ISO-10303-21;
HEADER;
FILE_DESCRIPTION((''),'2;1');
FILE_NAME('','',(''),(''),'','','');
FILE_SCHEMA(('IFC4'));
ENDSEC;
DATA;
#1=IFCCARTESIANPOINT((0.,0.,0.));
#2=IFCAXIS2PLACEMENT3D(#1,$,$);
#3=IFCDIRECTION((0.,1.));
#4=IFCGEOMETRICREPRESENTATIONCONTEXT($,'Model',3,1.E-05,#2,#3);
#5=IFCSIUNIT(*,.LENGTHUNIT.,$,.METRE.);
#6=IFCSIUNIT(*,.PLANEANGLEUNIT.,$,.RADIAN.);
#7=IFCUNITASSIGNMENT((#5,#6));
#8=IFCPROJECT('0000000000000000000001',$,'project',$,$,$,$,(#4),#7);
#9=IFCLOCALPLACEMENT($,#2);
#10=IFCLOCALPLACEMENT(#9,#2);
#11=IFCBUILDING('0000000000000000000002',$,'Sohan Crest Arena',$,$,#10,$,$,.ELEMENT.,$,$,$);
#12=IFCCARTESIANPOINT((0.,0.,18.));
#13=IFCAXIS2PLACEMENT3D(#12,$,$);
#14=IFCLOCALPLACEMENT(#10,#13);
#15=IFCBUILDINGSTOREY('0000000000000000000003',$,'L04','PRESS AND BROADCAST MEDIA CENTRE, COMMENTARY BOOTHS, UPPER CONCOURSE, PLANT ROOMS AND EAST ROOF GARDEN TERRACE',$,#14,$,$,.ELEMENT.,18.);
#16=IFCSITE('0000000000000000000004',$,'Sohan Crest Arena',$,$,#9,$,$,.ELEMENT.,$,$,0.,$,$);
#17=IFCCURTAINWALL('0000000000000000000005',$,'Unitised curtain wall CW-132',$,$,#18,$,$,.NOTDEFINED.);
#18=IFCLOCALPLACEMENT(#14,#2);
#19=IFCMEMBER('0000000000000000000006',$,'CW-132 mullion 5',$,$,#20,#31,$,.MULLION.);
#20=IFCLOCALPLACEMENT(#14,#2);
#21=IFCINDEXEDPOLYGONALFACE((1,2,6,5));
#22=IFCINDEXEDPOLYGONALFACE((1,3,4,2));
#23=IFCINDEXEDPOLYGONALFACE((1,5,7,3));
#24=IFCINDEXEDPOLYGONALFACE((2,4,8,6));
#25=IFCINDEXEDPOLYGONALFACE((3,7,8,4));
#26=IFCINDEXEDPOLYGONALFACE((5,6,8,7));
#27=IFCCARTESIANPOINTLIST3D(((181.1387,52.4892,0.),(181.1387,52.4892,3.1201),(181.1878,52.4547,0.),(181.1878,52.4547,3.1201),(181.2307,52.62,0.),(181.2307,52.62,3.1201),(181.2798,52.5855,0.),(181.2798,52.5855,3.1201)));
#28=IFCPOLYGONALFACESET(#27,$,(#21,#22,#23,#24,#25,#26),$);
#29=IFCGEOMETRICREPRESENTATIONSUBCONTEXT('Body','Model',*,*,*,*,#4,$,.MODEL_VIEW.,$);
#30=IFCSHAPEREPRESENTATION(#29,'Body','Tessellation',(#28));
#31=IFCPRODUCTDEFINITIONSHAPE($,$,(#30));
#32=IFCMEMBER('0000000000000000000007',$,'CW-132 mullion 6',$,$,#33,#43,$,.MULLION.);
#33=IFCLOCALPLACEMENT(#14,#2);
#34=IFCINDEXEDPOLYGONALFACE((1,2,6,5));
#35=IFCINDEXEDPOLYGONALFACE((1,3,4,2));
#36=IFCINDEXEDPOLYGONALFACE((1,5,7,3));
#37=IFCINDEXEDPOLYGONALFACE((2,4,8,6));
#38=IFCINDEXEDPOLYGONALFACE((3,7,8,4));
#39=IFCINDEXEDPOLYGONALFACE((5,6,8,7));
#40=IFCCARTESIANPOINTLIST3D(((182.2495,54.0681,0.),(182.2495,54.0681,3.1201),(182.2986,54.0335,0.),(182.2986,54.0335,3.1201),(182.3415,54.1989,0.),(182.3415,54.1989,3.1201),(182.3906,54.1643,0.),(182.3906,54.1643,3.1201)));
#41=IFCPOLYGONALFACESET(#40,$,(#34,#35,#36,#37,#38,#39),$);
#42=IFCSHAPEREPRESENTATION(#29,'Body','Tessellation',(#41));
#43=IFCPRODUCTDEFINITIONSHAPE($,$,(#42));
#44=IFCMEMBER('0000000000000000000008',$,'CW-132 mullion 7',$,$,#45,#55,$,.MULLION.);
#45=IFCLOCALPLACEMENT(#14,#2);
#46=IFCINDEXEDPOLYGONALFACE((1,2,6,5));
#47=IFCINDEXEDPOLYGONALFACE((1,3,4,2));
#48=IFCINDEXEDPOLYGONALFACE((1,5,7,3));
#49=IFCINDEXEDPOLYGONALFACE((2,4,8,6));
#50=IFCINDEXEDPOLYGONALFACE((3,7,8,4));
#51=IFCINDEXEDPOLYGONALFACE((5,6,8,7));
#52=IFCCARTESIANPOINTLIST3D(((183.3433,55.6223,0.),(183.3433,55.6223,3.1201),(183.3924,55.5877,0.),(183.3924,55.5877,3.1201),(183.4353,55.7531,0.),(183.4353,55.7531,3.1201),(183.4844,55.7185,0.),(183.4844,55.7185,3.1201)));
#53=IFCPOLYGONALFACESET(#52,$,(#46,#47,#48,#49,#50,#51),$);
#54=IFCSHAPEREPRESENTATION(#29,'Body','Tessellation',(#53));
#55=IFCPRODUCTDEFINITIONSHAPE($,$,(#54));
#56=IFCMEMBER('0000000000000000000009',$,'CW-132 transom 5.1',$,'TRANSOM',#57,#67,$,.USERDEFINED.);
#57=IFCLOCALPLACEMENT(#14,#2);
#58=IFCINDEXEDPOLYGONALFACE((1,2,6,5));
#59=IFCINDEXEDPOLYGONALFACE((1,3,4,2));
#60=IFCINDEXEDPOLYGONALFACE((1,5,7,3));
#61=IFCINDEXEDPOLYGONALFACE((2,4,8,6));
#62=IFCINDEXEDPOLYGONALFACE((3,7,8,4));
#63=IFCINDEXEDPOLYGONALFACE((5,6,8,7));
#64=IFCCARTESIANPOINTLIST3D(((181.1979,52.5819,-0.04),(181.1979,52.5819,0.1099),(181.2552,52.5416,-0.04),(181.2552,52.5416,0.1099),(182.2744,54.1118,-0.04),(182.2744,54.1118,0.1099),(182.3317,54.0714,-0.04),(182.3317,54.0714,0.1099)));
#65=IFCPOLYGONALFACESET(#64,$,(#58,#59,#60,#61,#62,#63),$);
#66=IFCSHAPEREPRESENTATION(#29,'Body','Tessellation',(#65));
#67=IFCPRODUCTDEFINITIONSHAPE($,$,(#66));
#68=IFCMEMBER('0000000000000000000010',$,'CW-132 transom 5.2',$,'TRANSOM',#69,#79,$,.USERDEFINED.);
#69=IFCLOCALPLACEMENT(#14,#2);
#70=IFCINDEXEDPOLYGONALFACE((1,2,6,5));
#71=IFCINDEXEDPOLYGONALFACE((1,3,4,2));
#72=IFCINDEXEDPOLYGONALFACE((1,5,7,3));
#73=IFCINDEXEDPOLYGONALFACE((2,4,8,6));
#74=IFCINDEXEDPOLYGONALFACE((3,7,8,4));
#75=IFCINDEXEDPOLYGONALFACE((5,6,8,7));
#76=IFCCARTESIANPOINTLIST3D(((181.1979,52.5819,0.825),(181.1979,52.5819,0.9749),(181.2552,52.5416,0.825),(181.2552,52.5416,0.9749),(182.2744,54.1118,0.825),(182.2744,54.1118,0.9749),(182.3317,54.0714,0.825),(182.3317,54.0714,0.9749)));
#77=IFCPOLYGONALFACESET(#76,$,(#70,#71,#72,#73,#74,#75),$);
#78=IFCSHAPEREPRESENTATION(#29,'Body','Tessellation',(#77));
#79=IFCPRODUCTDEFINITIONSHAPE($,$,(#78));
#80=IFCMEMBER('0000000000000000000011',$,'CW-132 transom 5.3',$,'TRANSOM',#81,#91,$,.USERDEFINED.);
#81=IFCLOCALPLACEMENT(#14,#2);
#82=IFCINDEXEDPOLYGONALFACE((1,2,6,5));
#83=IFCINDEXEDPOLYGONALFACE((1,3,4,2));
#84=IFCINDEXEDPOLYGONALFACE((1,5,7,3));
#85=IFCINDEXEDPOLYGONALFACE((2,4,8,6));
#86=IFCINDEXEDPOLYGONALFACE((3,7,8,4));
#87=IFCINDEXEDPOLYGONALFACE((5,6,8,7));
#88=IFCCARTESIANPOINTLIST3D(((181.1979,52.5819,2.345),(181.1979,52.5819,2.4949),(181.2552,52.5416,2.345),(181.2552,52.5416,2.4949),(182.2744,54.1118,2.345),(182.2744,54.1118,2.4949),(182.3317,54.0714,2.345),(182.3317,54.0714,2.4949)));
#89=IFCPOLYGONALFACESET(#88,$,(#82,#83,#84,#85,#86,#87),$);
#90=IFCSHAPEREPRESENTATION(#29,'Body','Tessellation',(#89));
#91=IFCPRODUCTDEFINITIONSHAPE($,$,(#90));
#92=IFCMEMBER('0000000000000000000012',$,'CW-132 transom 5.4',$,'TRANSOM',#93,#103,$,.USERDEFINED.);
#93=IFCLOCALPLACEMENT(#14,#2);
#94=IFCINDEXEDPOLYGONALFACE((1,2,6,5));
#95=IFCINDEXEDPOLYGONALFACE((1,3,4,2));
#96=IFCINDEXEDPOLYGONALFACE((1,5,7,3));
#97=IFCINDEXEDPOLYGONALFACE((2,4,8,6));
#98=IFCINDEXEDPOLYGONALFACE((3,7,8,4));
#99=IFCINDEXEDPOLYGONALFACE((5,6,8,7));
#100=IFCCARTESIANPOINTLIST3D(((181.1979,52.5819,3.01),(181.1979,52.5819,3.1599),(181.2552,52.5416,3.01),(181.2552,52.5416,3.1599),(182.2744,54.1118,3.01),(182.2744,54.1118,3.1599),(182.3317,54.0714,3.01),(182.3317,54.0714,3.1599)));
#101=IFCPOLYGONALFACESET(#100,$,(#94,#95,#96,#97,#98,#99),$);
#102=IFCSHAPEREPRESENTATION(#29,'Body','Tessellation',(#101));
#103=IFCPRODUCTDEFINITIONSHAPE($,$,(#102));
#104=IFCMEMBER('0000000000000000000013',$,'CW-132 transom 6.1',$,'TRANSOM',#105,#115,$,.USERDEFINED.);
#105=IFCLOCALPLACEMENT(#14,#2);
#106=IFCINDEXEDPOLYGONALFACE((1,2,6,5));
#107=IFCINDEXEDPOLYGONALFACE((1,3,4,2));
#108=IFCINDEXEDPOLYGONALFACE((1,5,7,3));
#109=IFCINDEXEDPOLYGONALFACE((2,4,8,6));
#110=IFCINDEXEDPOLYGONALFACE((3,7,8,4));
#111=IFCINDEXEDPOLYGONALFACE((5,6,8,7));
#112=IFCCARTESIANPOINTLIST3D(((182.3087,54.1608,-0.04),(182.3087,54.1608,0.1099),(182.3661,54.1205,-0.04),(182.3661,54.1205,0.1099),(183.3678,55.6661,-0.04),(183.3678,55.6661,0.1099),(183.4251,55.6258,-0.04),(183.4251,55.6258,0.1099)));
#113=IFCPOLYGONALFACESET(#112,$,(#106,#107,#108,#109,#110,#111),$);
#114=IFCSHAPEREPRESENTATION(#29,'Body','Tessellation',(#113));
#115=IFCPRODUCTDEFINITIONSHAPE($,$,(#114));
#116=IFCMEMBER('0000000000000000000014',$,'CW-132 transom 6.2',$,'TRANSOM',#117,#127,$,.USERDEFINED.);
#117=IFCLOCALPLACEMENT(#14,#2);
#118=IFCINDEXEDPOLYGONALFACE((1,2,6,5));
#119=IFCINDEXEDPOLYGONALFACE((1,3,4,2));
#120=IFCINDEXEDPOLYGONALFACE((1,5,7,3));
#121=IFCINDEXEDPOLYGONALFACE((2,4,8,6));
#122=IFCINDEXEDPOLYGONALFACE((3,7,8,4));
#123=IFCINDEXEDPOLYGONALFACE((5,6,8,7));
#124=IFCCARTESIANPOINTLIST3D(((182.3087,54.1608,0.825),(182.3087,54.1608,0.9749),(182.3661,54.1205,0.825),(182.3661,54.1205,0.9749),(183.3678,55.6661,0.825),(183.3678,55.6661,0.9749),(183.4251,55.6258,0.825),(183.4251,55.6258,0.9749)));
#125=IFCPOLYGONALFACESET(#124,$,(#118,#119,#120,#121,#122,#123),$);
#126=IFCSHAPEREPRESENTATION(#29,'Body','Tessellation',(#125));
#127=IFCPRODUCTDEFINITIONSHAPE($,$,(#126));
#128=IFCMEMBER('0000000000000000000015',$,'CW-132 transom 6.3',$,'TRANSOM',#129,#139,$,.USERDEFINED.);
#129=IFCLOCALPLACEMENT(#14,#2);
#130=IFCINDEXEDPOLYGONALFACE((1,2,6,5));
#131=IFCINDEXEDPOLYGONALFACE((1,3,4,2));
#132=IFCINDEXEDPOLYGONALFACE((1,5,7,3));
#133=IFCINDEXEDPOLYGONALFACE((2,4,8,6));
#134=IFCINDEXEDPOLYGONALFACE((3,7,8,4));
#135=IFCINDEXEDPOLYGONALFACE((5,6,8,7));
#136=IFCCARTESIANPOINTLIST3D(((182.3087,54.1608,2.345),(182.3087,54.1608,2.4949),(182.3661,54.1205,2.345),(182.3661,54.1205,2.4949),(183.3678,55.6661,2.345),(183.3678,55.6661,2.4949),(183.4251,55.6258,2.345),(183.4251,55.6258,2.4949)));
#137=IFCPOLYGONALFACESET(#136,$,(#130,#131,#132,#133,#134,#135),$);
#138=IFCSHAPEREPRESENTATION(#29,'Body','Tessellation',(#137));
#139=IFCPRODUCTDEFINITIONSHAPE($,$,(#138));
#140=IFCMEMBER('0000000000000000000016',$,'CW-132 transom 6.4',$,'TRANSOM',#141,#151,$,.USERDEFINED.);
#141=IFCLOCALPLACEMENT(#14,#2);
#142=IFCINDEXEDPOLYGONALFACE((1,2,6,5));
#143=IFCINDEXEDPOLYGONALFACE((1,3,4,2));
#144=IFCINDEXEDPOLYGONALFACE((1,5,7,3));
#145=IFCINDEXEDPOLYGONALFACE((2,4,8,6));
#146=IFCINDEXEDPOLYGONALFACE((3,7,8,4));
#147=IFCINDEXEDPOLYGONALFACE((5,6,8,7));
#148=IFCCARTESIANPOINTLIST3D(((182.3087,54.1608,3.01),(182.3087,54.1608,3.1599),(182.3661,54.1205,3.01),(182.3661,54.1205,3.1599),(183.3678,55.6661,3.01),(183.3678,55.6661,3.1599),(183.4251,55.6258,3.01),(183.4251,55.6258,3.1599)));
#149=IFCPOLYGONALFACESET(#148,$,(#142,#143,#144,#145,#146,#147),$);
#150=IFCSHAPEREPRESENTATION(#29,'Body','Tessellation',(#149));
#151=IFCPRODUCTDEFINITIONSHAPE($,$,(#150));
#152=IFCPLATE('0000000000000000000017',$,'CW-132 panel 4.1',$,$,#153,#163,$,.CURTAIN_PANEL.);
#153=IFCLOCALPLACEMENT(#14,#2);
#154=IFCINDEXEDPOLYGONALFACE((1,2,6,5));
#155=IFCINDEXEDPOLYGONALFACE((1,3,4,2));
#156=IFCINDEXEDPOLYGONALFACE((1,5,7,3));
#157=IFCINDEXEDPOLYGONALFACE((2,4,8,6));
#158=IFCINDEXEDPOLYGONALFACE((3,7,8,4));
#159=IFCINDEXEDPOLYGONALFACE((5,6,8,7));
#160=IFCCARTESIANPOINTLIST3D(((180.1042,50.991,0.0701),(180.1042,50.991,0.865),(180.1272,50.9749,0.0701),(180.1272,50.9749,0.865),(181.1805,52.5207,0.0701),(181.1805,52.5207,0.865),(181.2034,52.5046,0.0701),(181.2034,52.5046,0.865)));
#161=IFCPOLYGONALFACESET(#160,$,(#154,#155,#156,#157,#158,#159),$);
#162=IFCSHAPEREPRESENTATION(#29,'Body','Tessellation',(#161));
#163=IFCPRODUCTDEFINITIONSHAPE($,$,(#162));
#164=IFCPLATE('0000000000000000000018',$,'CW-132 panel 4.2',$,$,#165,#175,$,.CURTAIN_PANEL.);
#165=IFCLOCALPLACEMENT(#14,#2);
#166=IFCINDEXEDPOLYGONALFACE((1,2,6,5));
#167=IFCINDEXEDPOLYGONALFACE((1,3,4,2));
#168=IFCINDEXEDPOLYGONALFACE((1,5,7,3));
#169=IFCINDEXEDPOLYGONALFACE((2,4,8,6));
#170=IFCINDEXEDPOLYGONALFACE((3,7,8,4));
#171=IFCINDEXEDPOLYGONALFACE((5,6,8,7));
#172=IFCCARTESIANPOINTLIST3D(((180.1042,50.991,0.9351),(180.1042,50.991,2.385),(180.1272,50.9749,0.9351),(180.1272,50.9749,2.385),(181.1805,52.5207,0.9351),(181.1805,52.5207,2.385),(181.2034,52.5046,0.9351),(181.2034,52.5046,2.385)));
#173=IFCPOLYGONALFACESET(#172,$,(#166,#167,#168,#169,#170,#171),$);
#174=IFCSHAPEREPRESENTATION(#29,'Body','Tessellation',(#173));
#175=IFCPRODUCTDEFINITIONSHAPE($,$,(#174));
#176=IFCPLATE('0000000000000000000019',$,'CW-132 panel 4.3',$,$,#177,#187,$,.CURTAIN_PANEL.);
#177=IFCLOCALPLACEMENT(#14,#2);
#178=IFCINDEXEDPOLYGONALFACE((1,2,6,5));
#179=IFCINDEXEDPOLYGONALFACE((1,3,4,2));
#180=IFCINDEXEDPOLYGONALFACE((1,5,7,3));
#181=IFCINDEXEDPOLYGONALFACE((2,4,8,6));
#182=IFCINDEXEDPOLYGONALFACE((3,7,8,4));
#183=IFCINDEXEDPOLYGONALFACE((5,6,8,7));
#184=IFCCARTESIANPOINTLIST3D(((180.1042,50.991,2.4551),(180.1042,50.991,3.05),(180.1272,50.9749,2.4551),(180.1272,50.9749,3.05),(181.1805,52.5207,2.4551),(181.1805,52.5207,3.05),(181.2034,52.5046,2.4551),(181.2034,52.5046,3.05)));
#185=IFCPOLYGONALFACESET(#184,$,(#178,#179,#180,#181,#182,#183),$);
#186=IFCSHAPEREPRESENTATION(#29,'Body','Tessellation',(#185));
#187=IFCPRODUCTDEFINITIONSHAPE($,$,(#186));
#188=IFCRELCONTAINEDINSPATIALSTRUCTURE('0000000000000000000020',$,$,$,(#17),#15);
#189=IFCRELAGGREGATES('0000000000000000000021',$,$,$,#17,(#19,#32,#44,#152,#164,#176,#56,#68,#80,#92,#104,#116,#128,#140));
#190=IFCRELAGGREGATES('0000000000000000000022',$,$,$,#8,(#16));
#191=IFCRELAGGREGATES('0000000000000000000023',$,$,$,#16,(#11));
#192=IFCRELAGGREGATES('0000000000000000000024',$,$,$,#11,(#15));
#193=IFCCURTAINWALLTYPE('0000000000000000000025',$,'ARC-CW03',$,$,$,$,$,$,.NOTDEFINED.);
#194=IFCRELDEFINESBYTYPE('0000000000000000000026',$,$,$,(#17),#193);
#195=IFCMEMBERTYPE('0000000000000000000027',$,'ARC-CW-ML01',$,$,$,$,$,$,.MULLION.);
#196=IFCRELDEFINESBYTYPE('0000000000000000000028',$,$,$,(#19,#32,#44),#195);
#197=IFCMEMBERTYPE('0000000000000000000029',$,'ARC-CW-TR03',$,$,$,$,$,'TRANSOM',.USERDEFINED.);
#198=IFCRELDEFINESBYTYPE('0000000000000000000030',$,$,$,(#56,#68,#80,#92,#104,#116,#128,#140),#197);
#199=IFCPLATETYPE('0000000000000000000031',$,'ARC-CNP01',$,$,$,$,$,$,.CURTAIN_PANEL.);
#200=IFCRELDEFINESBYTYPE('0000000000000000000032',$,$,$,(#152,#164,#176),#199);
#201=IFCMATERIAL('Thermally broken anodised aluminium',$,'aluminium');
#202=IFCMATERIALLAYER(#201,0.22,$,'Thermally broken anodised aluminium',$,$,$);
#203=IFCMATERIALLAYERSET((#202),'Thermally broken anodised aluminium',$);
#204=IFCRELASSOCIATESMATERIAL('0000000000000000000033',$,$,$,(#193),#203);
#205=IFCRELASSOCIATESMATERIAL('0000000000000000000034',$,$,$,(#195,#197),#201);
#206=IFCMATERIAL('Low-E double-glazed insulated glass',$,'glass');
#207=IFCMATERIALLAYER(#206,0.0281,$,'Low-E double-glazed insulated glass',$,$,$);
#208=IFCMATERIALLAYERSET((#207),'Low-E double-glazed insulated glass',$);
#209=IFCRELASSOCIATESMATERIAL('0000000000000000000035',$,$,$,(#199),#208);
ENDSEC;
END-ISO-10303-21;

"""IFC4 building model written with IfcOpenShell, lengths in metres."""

from ifc_helpers import new_model, si_unit, direction, frame, origin, origin_2d, place, context, subcontext, project, spatial, rectangle, extrude, material, layer, layer_set, material_profile, profile_set, type_object, element, aggregate, save


model = new_model("IFC4")

# Units and contexts
model_context = context("Model", 3, precision=1e-05, world=origin(), true_north=direction((0.0, 1.0)))
body_context = subcontext(model_context, "Body", "Model", "MODEL_VIEW")
ifc_project = project(units=[si_unit("LENGTHUNIT", "METRE"), si_unit("PLANEANGLEUNIT", "RADIAN")], contexts=[model_context])

# Site, building, storey
site_placement = place(None, origin())
site = spatial("IfcSite", under=ifc_project, at=site_placement, Name="Sohan Crest Arena", CompositionType="ELEMENT", RefElevation=0.0)
building_placement = place(site_placement, origin())
building = spatial("IfcBuilding", under=site, at=building_placement, Name="Sohan Crest Arena", CompositionType="ELEMENT")
storey_placement = place(building_placement, frame((0.0, 0.0, 18.0)))
storey = spatial("IfcBuildingStorey", under=building, at=storey_placement, Name="L04", Description="PRESS AND BROADCAST MEDIA CENTRE, COMMENTARY BOOTHS, UPPER CONCOURSE, PLANT ROOMS AND EAST ROOF GARDEN TERRACE", CompositionType="ELEMENT", Elevation=18.0)

# Curtain wall, members, plates
ifc_material_1 = material(Name="Thermally broken anodised aluminium", Category="aluminium")
ifc_layer_1 = layer(ifc_material_1, 0.22, Name="Thermally broken anodised aluminium")
ifc_layer_set_1 = layer_set([ifc_layer_1], Name="Thermally broken anodised aluminium")
curtain_wall_type = type_object("IfcCurtainWallType", Name="ARC-CW03", PredefinedType="NOTDEFINED", material=ifc_layer_set_1)
curtain_wall_placement = place(storey_placement, origin())
curtain_wall = element("IfcCurtainWall", 1, at=curtain_wall_placement, inside=storey, type_object=curtain_wall_type, Name="Unitised curtain wall CW-132", PredefinedType="NOTDEFINED")
ifc_material_profile_1 = material_profile(ifc_material_1, rectangle(XDim=0.0601, YDim=0.1599, at=origin_2d()), Name="ALU-MULL 60x160")
ifc_profile_set_1 = profile_set([ifc_material_profile_1], Name="Thermally broken anodised aluminium")
member_type_1 = type_object("IfcMemberType", Name="ARC-CW-ML01", PredefinedType="MULLION", material=ifc_profile_set_1)
member_1_placement = place(storey_placement, frame((181.2092, 52.5374, 0.0), z_axis=(0.0, 0.0, 1.0), x_axis=(-0.817855, 0.575425, 0.0)))
member_1 = element("IfcMember", 2, at=member_1_placement, type_object=member_type_1, Name="CW-132 mullion 5", PredefinedType="MULLION", context=body_context, shape_type="SweptSolid", body=[
    extrude(rectangle(XDim=0.0601, YDim=0.1599, at=origin_2d()), origin(), (0.0, 0.0, 1.0), 3.1201),
])
member_2_placement = place(storey_placement, frame((182.3201, 54.1162, 0.0), z_axis=(0.0, 0.0, 1.0), x_axis=(-0.817855, 0.575425, 0.0)))
member_2 = element("IfcMember", 3, at=member_2_placement, type_object=member_type_1, Name="CW-132 mullion 6", PredefinedType="MULLION", context=body_context, shape_type="SweptSolid", body=[
    extrude(rectangle(XDim=0.0601, YDim=0.1599, at=origin_2d()), origin(), (0.0, 0.0, 1.0), 3.1201),
])
member_3_placement = place(storey_placement, frame((183.4138, 55.6704, 0.0), z_axis=(0.0, 0.0, 1.0), x_axis=(-0.817855, 0.575425, 0.0)))
member_3 = element("IfcMember", 4, at=member_3_placement, type_object=member_type_1, Name="CW-132 mullion 7", PredefinedType="MULLION", context=body_context, shape_type="SweptSolid", body=[
    extrude(rectangle(XDim=0.0601, YDim=0.1599, at=origin_2d()), origin(), (0.0, 0.0, 1.0), 3.1201),
])
ifc_material_profile_2 = material_profile(ifc_material_1, rectangle(XDim=0.0701, YDim=0.1499, at=origin_2d()), Name="ALU-TRAN 70x150")
ifc_profile_set_2 = profile_set([ifc_material_profile_2], Name="Thermally broken anodised aluminium")
member_type_2 = type_object("IfcMemberType", Name="ARC-CW-TR03", ElementType="TRANSOM", PredefinedType="USERDEFINED", material=ifc_profile_set_2)
member_4_placement = place(storey_placement, frame((181.2266, 52.5618, 0.0349), z_axis=(0.575458, 0.817831, 0.0), x_axis=(-0.817831, 0.575458, 0.0)))
member_4 = element("IfcMember", 5, at=member_4_placement, type_object=member_type_2, Name="CW-132 transom 5.1", ObjectType="TRANSOM", PredefinedType="USERDEFINED", context=body_context, shape_type="SweptSolid", body=[
    extrude(rectangle(XDim=0.0701, YDim=0.1499, at=origin_2d()), origin(), (0.0, 0.0, 1.0), 1.8706),
])
member_5_placement = place(storey_placement, frame((181.2266, 52.5618, 0.8999), z_axis=(0.575458, 0.817831, 0.0), x_axis=(-0.817831, 0.575458, 0.0)))
member_5 = element("IfcMember", 6, at=member_5_placement, type_object=member_type_2, Name="CW-132 transom 5.2", ObjectType="TRANSOM", PredefinedType="USERDEFINED", context=body_context, shape_type="SweptSolid", body=[
    extrude(rectangle(XDim=0.0701, YDim=0.1499, at=origin_2d()), origin(), (0.0, 0.0, 1.0), 1.8706),
])
member_6_placement = place(storey_placement, frame((181.2266, 52.5618, 2.4199), z_axis=(0.575458, 0.817831, 0.0), x_axis=(-0.817831, 0.575458, 0.0)))
member_6 = element("IfcMember", 7, at=member_6_placement, type_object=member_type_2, Name="CW-132 transom 5.3", ObjectType="TRANSOM", PredefinedType="USERDEFINED", context=body_context, shape_type="SweptSolid", body=[
    extrude(rectangle(XDim=0.0701, YDim=0.1499, at=origin_2d()), origin(), (0.0, 0.0, 1.0), 1.8706),
])
member_7_placement = place(storey_placement, frame((181.2266, 52.5618, 3.085), z_axis=(0.575458, 0.817831, 0.0), x_axis=(-0.817831, 0.575458, 0.0)))
member_7 = element("IfcMember", 8, at=member_7_placement, type_object=member_type_2, Name="CW-132 transom 5.4", ObjectType="TRANSOM", PredefinedType="USERDEFINED", context=body_context, shape_type="SweptSolid", body=[
    extrude(rectangle(XDim=0.0701, YDim=0.1499, at=origin_2d()), origin(), (0.0, 0.0, 1.0), 1.8706),
])
member_8_placement = place(storey_placement, frame((182.3374, 54.1406, 0.0349), z_axis=(0.575401, 0.817871, 0.0), x_axis=(-0.817871, 0.575401, 0.0)))
member_8 = element("IfcMember", 9, at=member_8_placement, type_object=member_type_2, Name="CW-132 transom 6.1", ObjectType="TRANSOM", PredefinedType="USERDEFINED", context=body_context, shape_type="SweptSolid", body=[
    extrude(rectangle(XDim=0.0701, YDim=0.1499, at=origin_2d()), origin(), (0.0, 0.0, 1.0), 1.8406),
])
member_9_placement = place(storey_placement, frame((182.3374, 54.1406, 0.8999), z_axis=(0.575401, 0.817871, 0.0), x_axis=(-0.817871, 0.575401, 0.0)))
member_9 = element("IfcMember", 10, at=member_9_placement, type_object=member_type_2, Name="CW-132 transom 6.2", ObjectType="TRANSOM", PredefinedType="USERDEFINED", context=body_context, shape_type="SweptSolid", body=[
    extrude(rectangle(XDim=0.0701, YDim=0.1499, at=origin_2d()), origin(), (0.0, 0.0, 1.0), 1.8406),
])
member_10_placement = place(storey_placement, frame((182.3374, 54.1406, 2.4199), z_axis=(0.575401, 0.817871, 0.0), x_axis=(-0.817871, 0.575401, 0.0)))
member_10 = element("IfcMember", 11, at=member_10_placement, type_object=member_type_2, Name="CW-132 transom 6.3", ObjectType="TRANSOM", PredefinedType="USERDEFINED", context=body_context, shape_type="SweptSolid", body=[
    extrude(rectangle(XDim=0.0701, YDim=0.1499, at=origin_2d()), origin(), (0.0, 0.0, 1.0), 1.8406),
])
member_11_placement = place(storey_placement, frame((182.3374, 54.1406, 3.085), z_axis=(0.575401, 0.817871, 0.0), x_axis=(-0.817871, 0.575401, 0.0)))
member_11 = element("IfcMember", 12, at=member_11_placement, type_object=member_type_2, Name="CW-132 transom 6.4", ObjectType="TRANSOM", PredefinedType="USERDEFINED", context=body_context, shape_type="SweptSolid", body=[
    extrude(rectangle(XDim=0.0701, YDim=0.1499, at=origin_2d()), origin(), (0.0, 0.0, 1.0), 1.8406),
])
ifc_material_2 = material(Name="Low-E double-glazed insulated glass", Category="glass")
ifc_layer_2 = layer(ifc_material_2, 0.0281, Name="Low-E double-glazed insulated glass")
ifc_layer_set_2 = layer_set([ifc_layer_2], Name="Low-E double-glazed insulated glass")
plate_type = type_object("IfcPlateType", Name="ARC-CNP01", PredefinedType="CURTAIN_PANEL", material=ifc_layer_set_2)
plate_1_placement = place(storey_placement, frame((180.6538, 51.7478, 0.0701), z_axis=(0.0, 0.0, 1.0), x_axis=(0.575425, 0.817855, 0.0)))
plate_1 = element("IfcPlate", 13, at=plate_1_placement, type_object=plate_type, Name="CW-132 panel 4.1", PredefinedType="CURTAIN_PANEL", context=body_context, shape_type="SweptSolid", body=[
    extrude(rectangle(XDim=1.8704, YDim=0.0281, at=origin_2d()), origin(), (0.0, 0.0, 1.0), 0.7949),
])
plate_2_placement = place(storey_placement, frame((180.6538, 51.7478, 0.9351), z_axis=(0.0, 0.0, 1.0), x_axis=(0.575425, 0.817855, 0.0)))
plate_2 = element("IfcPlate", 14, at=plate_2_placement, type_object=plate_type, Name="CW-132 panel 4.2", PredefinedType="CURTAIN_PANEL", context=body_context, shape_type="SweptSolid", body=[
    extrude(rectangle(XDim=1.8704, YDim=0.0281, at=origin_2d()), origin(), (0.0, 0.0, 1.0), 1.45),
])
plate_3_placement = place(storey_placement, frame((180.6538, 51.7478, 2.4551), z_axis=(0.0, 0.0, 1.0), x_axis=(0.575425, 0.817855, 0.0)))
plate_3 = element("IfcPlate", 15, at=plate_3_placement, type_object=plate_type, Name="CW-132 panel 4.3", PredefinedType="CURTAIN_PANEL", context=body_context, shape_type="SweptSolid", body=[
    extrude(rectangle(XDim=1.8704, YDim=0.0281, at=origin_2d()), origin(), (0.0, 0.0, 1.0), 0.595),
])
aggregate(curtain_wall, [member_1, member_2, member_3, plate_1, plate_2, plate_3, member_4, member_5, member_6, member_7, member_8, member_9, member_10, member_11])

save(model, "model.ifc")
